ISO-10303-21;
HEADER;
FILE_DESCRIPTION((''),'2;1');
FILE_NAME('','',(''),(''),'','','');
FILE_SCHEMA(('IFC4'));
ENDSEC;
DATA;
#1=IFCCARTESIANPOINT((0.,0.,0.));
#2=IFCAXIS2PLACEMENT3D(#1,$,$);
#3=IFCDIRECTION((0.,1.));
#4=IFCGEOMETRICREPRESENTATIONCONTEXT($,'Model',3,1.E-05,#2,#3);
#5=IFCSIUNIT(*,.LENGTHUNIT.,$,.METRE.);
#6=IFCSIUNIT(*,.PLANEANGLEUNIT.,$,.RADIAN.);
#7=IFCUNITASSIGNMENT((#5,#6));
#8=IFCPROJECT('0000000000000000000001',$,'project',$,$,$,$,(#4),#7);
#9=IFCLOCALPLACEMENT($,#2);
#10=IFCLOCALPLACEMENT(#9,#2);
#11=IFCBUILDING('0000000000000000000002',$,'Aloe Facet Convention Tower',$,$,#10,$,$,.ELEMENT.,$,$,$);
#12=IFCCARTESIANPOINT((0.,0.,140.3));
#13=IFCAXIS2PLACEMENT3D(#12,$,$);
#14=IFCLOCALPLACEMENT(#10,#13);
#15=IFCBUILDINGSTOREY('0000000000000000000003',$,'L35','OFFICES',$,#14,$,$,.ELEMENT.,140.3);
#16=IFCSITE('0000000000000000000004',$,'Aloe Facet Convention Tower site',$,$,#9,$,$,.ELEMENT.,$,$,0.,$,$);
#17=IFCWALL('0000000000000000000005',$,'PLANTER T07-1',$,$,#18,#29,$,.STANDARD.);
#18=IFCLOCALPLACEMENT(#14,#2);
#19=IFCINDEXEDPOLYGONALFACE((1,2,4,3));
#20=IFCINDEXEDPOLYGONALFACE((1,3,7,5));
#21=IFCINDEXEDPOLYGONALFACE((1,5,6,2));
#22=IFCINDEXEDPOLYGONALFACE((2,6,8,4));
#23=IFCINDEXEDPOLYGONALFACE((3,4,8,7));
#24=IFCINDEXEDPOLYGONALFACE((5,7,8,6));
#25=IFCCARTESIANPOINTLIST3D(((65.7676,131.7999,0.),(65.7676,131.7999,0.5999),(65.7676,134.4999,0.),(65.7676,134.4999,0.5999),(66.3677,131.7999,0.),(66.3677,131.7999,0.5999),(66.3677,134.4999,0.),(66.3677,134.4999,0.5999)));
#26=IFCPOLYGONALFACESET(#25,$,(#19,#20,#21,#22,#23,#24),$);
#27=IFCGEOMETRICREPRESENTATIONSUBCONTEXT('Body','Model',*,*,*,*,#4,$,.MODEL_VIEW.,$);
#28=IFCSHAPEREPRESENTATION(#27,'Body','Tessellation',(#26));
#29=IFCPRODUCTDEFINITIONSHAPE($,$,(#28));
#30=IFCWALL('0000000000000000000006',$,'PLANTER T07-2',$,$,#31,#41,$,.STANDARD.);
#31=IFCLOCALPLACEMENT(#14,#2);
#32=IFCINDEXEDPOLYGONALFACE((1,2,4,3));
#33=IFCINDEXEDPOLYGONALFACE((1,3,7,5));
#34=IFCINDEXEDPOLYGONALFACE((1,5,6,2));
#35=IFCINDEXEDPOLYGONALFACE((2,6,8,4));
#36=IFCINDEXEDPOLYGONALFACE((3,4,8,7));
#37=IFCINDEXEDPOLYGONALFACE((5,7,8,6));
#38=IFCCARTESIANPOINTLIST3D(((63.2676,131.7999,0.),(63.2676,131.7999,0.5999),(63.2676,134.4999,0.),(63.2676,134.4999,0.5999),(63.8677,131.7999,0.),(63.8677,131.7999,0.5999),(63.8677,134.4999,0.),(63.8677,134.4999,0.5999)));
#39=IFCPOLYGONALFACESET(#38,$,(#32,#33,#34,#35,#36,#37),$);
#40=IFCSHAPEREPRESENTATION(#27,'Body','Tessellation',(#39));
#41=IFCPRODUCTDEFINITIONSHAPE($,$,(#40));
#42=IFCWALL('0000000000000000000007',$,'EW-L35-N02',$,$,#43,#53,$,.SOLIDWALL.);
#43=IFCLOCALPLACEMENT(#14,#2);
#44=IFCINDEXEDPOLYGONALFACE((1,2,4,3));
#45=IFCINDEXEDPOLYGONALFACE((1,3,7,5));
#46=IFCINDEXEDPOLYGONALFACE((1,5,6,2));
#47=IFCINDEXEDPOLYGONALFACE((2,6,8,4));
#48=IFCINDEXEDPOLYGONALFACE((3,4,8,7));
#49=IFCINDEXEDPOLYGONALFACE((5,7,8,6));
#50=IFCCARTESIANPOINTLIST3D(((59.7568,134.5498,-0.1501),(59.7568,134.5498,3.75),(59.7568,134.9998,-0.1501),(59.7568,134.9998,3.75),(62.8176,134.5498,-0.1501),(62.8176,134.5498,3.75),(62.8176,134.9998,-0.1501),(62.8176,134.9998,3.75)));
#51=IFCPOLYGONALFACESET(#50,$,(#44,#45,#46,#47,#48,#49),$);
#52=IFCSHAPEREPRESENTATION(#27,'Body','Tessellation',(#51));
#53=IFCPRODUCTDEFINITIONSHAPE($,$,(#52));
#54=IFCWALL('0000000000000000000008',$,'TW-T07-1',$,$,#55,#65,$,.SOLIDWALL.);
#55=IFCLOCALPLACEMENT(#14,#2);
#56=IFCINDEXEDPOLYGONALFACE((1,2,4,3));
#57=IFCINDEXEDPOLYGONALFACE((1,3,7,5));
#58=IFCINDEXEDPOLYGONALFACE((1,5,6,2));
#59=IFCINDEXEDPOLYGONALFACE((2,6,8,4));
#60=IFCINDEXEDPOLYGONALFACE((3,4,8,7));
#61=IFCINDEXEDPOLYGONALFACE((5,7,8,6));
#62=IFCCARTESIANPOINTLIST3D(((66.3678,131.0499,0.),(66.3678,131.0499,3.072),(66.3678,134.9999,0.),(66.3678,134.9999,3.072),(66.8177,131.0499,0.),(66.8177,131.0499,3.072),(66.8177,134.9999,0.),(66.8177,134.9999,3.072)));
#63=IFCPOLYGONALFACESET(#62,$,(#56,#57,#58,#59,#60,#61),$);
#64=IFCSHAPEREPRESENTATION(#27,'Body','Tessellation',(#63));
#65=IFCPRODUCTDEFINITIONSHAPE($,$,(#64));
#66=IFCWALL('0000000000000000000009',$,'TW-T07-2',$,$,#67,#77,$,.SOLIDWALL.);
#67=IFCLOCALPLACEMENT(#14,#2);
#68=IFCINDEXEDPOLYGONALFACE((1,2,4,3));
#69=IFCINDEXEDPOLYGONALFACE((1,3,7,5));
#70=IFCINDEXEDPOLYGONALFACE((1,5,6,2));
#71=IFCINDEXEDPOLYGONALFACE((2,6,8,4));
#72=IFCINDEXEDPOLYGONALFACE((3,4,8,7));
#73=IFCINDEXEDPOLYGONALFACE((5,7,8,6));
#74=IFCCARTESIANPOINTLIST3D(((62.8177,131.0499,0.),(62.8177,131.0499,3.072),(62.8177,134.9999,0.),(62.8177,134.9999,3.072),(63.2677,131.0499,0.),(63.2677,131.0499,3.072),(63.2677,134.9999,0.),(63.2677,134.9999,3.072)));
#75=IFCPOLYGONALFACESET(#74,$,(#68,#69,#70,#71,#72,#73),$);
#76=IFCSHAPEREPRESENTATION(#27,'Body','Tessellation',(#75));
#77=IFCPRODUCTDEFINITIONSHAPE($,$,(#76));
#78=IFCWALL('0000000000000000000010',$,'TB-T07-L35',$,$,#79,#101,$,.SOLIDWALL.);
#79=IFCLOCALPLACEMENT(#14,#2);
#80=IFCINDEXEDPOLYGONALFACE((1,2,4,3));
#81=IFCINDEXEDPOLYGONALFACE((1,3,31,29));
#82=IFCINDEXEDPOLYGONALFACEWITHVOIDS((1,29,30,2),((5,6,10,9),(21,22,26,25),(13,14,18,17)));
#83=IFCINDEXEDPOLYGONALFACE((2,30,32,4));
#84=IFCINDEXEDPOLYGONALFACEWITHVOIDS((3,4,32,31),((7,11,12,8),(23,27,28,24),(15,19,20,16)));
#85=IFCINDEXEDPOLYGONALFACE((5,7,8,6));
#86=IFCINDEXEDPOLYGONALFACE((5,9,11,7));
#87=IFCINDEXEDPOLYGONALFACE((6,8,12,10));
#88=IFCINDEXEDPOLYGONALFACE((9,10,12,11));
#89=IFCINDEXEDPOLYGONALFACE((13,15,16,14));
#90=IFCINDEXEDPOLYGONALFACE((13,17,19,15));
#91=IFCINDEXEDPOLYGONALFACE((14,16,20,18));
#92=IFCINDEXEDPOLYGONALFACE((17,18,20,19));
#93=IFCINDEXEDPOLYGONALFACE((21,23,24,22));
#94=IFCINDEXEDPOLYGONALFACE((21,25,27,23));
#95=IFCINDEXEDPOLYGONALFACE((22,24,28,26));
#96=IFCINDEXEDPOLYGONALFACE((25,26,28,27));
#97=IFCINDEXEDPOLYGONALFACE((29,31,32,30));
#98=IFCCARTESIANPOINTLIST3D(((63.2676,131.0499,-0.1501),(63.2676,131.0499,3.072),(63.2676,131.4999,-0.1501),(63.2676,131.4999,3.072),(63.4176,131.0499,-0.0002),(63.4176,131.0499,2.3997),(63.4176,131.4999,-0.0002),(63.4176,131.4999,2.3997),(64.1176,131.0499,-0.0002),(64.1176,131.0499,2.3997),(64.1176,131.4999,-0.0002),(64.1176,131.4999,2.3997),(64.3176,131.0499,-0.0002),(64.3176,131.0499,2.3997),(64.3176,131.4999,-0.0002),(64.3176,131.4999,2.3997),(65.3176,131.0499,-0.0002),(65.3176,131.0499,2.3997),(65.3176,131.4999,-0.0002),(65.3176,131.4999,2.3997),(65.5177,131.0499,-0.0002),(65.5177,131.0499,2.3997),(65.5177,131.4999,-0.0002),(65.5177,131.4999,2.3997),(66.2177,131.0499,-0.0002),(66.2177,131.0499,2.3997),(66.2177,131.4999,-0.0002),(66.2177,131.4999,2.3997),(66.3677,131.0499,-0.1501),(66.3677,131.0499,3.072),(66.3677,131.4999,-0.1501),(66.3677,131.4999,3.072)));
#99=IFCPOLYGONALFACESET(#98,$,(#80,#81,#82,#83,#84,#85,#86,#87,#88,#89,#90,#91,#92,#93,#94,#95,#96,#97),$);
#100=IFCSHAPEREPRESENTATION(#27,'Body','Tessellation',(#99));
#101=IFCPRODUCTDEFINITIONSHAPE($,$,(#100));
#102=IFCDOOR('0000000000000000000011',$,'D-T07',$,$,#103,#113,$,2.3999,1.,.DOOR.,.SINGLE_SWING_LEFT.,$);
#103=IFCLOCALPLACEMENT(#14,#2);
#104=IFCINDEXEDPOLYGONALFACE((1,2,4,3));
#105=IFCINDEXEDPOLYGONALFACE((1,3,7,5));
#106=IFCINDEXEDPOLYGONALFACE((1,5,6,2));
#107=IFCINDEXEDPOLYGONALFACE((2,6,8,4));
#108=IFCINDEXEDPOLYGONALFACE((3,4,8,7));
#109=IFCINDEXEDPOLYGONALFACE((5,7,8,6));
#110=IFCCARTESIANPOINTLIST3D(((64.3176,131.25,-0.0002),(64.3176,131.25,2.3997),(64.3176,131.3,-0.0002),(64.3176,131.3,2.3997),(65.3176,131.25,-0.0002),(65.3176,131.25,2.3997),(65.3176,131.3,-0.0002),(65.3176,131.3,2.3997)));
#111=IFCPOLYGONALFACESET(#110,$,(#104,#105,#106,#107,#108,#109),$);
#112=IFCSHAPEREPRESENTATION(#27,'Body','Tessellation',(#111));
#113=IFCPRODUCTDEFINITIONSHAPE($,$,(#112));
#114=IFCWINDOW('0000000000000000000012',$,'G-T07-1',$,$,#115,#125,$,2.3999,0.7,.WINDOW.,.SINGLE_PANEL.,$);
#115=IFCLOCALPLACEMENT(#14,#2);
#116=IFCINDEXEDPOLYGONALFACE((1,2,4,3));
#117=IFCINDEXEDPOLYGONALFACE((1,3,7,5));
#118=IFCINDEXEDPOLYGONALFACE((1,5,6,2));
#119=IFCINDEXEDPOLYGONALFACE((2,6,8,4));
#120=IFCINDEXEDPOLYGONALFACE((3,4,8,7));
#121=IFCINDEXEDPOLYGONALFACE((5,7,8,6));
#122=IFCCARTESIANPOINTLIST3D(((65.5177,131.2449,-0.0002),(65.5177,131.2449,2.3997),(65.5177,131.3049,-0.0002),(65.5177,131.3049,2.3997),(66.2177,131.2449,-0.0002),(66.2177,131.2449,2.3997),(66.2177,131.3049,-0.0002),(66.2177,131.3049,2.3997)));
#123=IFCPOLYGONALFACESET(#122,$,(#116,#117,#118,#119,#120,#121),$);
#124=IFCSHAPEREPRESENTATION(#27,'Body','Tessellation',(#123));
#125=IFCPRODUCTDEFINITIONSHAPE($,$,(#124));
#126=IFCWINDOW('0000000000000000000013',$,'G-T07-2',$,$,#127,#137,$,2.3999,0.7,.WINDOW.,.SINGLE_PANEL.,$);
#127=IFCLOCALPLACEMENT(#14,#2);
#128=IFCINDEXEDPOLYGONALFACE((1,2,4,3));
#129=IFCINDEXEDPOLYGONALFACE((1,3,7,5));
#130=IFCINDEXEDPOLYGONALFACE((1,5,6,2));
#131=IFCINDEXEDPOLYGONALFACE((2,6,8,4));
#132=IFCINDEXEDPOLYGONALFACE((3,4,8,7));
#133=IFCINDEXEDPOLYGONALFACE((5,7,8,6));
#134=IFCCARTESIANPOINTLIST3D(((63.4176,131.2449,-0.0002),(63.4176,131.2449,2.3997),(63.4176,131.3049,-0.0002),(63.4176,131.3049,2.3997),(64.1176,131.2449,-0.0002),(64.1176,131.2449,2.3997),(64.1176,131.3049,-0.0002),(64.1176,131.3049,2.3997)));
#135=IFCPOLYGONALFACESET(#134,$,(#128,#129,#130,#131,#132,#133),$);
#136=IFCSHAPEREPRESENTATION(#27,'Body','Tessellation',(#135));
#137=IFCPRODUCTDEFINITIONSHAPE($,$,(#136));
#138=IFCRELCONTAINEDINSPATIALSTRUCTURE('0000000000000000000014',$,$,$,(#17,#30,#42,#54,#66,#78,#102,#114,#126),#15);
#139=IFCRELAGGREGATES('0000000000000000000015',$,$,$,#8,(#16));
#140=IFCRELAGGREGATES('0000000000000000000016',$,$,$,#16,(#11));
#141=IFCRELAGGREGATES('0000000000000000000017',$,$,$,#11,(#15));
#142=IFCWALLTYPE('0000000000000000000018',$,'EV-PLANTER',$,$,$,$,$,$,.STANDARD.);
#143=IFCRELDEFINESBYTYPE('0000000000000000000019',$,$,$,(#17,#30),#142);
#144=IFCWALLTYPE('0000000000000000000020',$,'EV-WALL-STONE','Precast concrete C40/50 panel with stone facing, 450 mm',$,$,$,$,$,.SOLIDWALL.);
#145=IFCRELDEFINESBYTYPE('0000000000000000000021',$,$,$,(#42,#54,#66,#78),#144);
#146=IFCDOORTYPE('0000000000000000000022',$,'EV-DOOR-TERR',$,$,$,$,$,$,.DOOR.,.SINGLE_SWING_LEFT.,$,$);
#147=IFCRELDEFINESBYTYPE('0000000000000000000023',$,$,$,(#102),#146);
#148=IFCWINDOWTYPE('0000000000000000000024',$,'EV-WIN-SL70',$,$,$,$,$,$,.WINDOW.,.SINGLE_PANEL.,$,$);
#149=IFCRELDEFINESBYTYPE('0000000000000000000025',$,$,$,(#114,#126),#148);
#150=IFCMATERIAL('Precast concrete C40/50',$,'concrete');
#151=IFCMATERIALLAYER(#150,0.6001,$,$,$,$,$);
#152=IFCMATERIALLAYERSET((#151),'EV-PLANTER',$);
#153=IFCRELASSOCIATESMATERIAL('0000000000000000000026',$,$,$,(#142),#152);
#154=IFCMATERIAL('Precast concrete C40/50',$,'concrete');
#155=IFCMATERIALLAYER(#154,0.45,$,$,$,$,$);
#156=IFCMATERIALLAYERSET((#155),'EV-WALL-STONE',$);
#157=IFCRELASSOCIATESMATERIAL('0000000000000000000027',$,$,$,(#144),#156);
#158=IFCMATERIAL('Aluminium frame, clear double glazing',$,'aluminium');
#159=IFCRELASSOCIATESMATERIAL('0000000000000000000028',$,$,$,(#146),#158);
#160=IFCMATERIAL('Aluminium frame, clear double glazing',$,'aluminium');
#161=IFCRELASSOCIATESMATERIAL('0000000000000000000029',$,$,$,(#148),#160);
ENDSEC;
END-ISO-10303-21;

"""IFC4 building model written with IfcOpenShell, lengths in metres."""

from ifc_helpers import new_model, si_unit, direction, frame, frame_2d, origin, place, context, subcontext, project, spatial, polyline, rectangle, outline, extrude, material, layer, layer_set, type_object, element, fill, save


model = new_model("IFC4")

# Units and contexts
model_context = context("Model", 3, precision=1e-05, world=origin(), true_north=direction((0.0, 1.0)))
body_context = subcontext(model_context, "Body", "Model", "MODEL_VIEW")
ifc_project = project(units=[si_unit("LENGTHUNIT", "METRE"), si_unit("PLANEANGLEUNIT", "RADIAN")], contexts=[model_context])

# Site, building, storey
site_placement = place(None, origin())
site = spatial("IfcSite", under=ifc_project, at=site_placement, Name="Aloe Facet Convention Tower site", CompositionType="ELEMENT", RefElevation=0.0)
building_placement = place(site_placement, origin())
building = spatial("IfcBuilding", under=site, at=building_placement, Name="Aloe Facet Convention Tower", CompositionType="ELEMENT")
storey_placement = place(building_placement, frame((0.0, 0.0, 140.3)))
storey = spatial("IfcBuildingStorey", under=building, at=storey_placement, Name="L35", Description="OFFICES", CompositionType="ELEMENT", Elevation=140.3)

# Walls
ifc_material_1 = material(Name="Precast concrete C40/50", Category="concrete")
ifc_layer_1 = layer(ifc_material_1, 0.6001)
ifc_layer_set_1 = layer_set([ifc_layer_1], Name="EV-PLANTER")
wall_type_1 = type_object("IfcWallType", Name="EV-PLANTER", PredefinedType="STANDARD", material=ifc_layer_set_1)
for number, where, z_axis, x_axis, name in (
    (1, (66.0676, 134.5, 0.0), (0.0, 0.0, 1.0), (0.0, -1.0, 0.0), "PLANTER T07-1"),
    (2, (63.5676, 134.5, 0.0), (0.0, 0.0, 1.0), (0.0, -1.0, 0.0), "PLANTER T07-2"),
):
    element("IfcWall", number, at=place(storey_placement, frame(where, z_axis=z_axis, x_axis=x_axis)), inside=storey, type_object=wall_type_1, Name=name, PredefinedType="STANDARD", context=body_context, shape_type="SweptSolid", body=[
        extrude(rectangle(XDim=2.7, YDim=0.6001, at=frame_2d((1.3501, 0.0))), origin(), (0.0, 0.0, 1.0), 0.5999),
    ])
ifc_material_2 = material(Name="Precast concrete C40/50", Category="concrete")
ifc_layer_2 = layer(ifc_material_2, 0.45)
ifc_layer_set_2 = layer_set([ifc_layer_2], Name="EV-WALL-STONE")
wall_type_2 = type_object("IfcWallType", Name="EV-WALL-STONE", Description="Precast concrete C40/50 panel with stone facing, 450 mm", PredefinedType="SOLIDWALL", material=ifc_layer_set_2)
wall_1_placement = place(storey_placement, frame((62.8176, 134.7749, -0.1501), z_axis=(0.0, 0.0, 1.0), x_axis=(-1.0, 0.0, 0.0)))
element("IfcWall", 3, at=wall_1_placement, inside=storey, type_object=wall_type_2, Name="EW-L35-N02", PredefinedType="SOLIDWALL", context=body_context, shape_type="SweptSolid", body=[
    extrude(outline(polyline([(3.0608, 3.9001), (3.0608, 0.0), (0.0, 0.0), (0.0, 3.9001), (3.0608, 3.9001)])), frame((0.0, 0.2251, 0.0), z_axis=(0.0, -1.0, 0.0), x_axis=(1.0, 0.0, 0.0)), (0.0, 0.0, 1.0), 0.45),
])
for number, where, z_axis, x_axis, name in (
    (4, (66.5928, 135.0, 0.0), (0.0, 0.0, 1.0), (0.0, -1.0, 0.0), "TW-T07-1"),
    (5, (63.0427, 135.0, 0.0), (0.0, 0.0, 1.0), (0.0, -1.0, 0.0), "TW-T07-2"),
):
    element("IfcWall", number, at=place(storey_placement, frame(where, z_axis=z_axis, x_axis=x_axis)), inside=storey, type_object=wall_type_2, Name=name, PredefinedType="SOLIDWALL", context=body_context, shape_type="SweptSolid", body=[
        extrude(rectangle(XDim=3.95, YDim=0.45, at=frame_2d((1.9751, 0.0))), origin(), (0.0, 0.0, 1.0), 3.072),
    ])

# Wall, openings, door, windows
wall_2_placement = place(storey_placement, frame((66.3677, 131.2749, -0.1501), z_axis=(0.0, 0.0, 1.0), x_axis=(-1.0, 0.0, 0.0)))
wall_2 = element("IfcWall", 6, at=wall_2_placement, inside=storey, type_object=wall_type_2, Name="TB-T07-L35", PredefinedType="SOLIDWALL", context=body_context, shape_type="SweptSolid", body=[
    extrude(rectangle(XDim=3.1001, YDim=0.45, at=frame_2d((1.55, 0.0))), origin(), (0.0, 0.0, 1.0), 3.2222),
])
opening_1_placement = place(wall_2_placement, frame((1.05, 0.0, 0.1499)))
opening_1 = element("IfcOpeningElement", 7, at=opening_1_placement, cuts=wall_2, PredefinedType="OPENING", context=body_context, shape_type="SweptSolid", body=[
    extrude(rectangle(XDim=1.0, YDim=2.3999, at=frame_2d((0.5, 1.2))), frame((0.0, 0.2349, 0.0), z_axis=(0.0, -1.0, 0.0), x_axis=(1.0, 0.0, 0.0)), (0.0, 0.0, 1.0), 0.47),
])
opening_2_placement = place(wall_2_placement, frame((0.1499, 0.0, 0.1499)))
opening_2 = element("IfcOpeningElement", 8, at=opening_2_placement, cuts=wall_2, PredefinedType="OPENING", context=body_context, shape_type="SweptSolid", body=[
    extrude(rectangle(XDim=0.7, YDim=2.3999, at=frame_2d((0.3501, 1.2))), frame((0.0, 0.2349, 0.0), z_axis=(0.0, -1.0, 0.0), x_axis=(1.0, 0.0, 0.0)), (0.0, 0.0, 1.0), 0.47),
])
opening_3_placement = place(wall_2_placement, frame((2.25, 0.0, 0.1499)))
opening_3 = element("IfcOpeningElement", 9, at=opening_3_placement, cuts=wall_2, PredefinedType="OPENING", context=body_context, shape_type="SweptSolid", body=[
    extrude(rectangle(XDim=0.7, YDim=2.3999, at=frame_2d((0.3501, 1.2))), frame((0.0, 0.2349, 0.0), z_axis=(0.0, -1.0, 0.0), x_axis=(1.0, 0.0, 0.0)), (0.0, 0.0, 1.0), 0.47),
])
ifc_material_3 = material(Name="Aluminium frame, clear double glazing", Category="aluminium")
door_type = type_object("IfcDoorType", Name="EV-DOOR-TERR", OperationType="SINGLE_SWING_LEFT", PredefinedType="DOOR", material=ifc_material_3)
door_placement = place(opening_1_placement, origin())
door = element("IfcDoor", 10, at=door_placement, inside=storey, type_object=door_type, Name="D-T07", OperationType="SINGLE_SWING_LEFT", OverallHeight=2.3999, OverallWidth=1.0, PredefinedType="DOOR", context=body_context, shape_type="SweptSolid", body=[
    extrude(rectangle(XDim=1.0, YDim=2.3999, at=frame_2d((0.5, 1.2))), frame((0.0, 0.0249, 0.0), z_axis=(0.0, -1.0, 0.0), x_axis=(1.0, 0.0, 0.0)), (0.0, 0.0, 1.0), 0.05),
])
fill(opening_1, door)
ifc_material_4 = material(Name="Aluminium frame, clear double glazing", Category="aluminium")
window_type = type_object("IfcWindowType", Name="EV-WIN-SL70", PartitioningType="SINGLE_PANEL", PredefinedType="WINDOW", material=ifc_material_4)
window_1_placement = place(opening_2_placement, origin())
window_1 = element("IfcWindow", 11, at=window_1_placement, inside=storey, type_object=window_type, Name="G-T07-1", OverallHeight=2.3999, OverallWidth=0.7, PartitioningType="SINGLE_PANEL", PredefinedType="WINDOW", context=body_context, shape_type="SweptSolid", body=[
    extrude(rectangle(XDim=0.7, YDim=2.3999, at=frame_2d((0.3501, 1.2))), frame((0.0, 0.03, 0.0), z_axis=(0.0, -1.0, 0.0), x_axis=(1.0, 0.0, 0.0)), (0.0, 0.0, 1.0), 0.0601),
])
fill(opening_2, window_1)
window_2_placement = place(opening_3_placement, origin())
window_2 = element("IfcWindow", 12, at=window_2_placement, inside=storey, type_object=window_type, Name="G-T07-2", OverallHeight=2.3999, OverallWidth=0.7, PartitioningType="SINGLE_PANEL", PredefinedType="WINDOW", context=body_context, shape_type="SweptSolid", body=[
    extrude(rectangle(XDim=0.7, YDim=2.3999, at=frame_2d((0.3501, 1.2))), frame((0.0, 0.03, 0.0), z_axis=(0.0, -1.0, 0.0), x_axis=(1.0, 0.0, 0.0)), (0.0, 0.0, 1.0), 0.0601),
])
fill(opening_3, window_2)

save(model, "model.ifc")
